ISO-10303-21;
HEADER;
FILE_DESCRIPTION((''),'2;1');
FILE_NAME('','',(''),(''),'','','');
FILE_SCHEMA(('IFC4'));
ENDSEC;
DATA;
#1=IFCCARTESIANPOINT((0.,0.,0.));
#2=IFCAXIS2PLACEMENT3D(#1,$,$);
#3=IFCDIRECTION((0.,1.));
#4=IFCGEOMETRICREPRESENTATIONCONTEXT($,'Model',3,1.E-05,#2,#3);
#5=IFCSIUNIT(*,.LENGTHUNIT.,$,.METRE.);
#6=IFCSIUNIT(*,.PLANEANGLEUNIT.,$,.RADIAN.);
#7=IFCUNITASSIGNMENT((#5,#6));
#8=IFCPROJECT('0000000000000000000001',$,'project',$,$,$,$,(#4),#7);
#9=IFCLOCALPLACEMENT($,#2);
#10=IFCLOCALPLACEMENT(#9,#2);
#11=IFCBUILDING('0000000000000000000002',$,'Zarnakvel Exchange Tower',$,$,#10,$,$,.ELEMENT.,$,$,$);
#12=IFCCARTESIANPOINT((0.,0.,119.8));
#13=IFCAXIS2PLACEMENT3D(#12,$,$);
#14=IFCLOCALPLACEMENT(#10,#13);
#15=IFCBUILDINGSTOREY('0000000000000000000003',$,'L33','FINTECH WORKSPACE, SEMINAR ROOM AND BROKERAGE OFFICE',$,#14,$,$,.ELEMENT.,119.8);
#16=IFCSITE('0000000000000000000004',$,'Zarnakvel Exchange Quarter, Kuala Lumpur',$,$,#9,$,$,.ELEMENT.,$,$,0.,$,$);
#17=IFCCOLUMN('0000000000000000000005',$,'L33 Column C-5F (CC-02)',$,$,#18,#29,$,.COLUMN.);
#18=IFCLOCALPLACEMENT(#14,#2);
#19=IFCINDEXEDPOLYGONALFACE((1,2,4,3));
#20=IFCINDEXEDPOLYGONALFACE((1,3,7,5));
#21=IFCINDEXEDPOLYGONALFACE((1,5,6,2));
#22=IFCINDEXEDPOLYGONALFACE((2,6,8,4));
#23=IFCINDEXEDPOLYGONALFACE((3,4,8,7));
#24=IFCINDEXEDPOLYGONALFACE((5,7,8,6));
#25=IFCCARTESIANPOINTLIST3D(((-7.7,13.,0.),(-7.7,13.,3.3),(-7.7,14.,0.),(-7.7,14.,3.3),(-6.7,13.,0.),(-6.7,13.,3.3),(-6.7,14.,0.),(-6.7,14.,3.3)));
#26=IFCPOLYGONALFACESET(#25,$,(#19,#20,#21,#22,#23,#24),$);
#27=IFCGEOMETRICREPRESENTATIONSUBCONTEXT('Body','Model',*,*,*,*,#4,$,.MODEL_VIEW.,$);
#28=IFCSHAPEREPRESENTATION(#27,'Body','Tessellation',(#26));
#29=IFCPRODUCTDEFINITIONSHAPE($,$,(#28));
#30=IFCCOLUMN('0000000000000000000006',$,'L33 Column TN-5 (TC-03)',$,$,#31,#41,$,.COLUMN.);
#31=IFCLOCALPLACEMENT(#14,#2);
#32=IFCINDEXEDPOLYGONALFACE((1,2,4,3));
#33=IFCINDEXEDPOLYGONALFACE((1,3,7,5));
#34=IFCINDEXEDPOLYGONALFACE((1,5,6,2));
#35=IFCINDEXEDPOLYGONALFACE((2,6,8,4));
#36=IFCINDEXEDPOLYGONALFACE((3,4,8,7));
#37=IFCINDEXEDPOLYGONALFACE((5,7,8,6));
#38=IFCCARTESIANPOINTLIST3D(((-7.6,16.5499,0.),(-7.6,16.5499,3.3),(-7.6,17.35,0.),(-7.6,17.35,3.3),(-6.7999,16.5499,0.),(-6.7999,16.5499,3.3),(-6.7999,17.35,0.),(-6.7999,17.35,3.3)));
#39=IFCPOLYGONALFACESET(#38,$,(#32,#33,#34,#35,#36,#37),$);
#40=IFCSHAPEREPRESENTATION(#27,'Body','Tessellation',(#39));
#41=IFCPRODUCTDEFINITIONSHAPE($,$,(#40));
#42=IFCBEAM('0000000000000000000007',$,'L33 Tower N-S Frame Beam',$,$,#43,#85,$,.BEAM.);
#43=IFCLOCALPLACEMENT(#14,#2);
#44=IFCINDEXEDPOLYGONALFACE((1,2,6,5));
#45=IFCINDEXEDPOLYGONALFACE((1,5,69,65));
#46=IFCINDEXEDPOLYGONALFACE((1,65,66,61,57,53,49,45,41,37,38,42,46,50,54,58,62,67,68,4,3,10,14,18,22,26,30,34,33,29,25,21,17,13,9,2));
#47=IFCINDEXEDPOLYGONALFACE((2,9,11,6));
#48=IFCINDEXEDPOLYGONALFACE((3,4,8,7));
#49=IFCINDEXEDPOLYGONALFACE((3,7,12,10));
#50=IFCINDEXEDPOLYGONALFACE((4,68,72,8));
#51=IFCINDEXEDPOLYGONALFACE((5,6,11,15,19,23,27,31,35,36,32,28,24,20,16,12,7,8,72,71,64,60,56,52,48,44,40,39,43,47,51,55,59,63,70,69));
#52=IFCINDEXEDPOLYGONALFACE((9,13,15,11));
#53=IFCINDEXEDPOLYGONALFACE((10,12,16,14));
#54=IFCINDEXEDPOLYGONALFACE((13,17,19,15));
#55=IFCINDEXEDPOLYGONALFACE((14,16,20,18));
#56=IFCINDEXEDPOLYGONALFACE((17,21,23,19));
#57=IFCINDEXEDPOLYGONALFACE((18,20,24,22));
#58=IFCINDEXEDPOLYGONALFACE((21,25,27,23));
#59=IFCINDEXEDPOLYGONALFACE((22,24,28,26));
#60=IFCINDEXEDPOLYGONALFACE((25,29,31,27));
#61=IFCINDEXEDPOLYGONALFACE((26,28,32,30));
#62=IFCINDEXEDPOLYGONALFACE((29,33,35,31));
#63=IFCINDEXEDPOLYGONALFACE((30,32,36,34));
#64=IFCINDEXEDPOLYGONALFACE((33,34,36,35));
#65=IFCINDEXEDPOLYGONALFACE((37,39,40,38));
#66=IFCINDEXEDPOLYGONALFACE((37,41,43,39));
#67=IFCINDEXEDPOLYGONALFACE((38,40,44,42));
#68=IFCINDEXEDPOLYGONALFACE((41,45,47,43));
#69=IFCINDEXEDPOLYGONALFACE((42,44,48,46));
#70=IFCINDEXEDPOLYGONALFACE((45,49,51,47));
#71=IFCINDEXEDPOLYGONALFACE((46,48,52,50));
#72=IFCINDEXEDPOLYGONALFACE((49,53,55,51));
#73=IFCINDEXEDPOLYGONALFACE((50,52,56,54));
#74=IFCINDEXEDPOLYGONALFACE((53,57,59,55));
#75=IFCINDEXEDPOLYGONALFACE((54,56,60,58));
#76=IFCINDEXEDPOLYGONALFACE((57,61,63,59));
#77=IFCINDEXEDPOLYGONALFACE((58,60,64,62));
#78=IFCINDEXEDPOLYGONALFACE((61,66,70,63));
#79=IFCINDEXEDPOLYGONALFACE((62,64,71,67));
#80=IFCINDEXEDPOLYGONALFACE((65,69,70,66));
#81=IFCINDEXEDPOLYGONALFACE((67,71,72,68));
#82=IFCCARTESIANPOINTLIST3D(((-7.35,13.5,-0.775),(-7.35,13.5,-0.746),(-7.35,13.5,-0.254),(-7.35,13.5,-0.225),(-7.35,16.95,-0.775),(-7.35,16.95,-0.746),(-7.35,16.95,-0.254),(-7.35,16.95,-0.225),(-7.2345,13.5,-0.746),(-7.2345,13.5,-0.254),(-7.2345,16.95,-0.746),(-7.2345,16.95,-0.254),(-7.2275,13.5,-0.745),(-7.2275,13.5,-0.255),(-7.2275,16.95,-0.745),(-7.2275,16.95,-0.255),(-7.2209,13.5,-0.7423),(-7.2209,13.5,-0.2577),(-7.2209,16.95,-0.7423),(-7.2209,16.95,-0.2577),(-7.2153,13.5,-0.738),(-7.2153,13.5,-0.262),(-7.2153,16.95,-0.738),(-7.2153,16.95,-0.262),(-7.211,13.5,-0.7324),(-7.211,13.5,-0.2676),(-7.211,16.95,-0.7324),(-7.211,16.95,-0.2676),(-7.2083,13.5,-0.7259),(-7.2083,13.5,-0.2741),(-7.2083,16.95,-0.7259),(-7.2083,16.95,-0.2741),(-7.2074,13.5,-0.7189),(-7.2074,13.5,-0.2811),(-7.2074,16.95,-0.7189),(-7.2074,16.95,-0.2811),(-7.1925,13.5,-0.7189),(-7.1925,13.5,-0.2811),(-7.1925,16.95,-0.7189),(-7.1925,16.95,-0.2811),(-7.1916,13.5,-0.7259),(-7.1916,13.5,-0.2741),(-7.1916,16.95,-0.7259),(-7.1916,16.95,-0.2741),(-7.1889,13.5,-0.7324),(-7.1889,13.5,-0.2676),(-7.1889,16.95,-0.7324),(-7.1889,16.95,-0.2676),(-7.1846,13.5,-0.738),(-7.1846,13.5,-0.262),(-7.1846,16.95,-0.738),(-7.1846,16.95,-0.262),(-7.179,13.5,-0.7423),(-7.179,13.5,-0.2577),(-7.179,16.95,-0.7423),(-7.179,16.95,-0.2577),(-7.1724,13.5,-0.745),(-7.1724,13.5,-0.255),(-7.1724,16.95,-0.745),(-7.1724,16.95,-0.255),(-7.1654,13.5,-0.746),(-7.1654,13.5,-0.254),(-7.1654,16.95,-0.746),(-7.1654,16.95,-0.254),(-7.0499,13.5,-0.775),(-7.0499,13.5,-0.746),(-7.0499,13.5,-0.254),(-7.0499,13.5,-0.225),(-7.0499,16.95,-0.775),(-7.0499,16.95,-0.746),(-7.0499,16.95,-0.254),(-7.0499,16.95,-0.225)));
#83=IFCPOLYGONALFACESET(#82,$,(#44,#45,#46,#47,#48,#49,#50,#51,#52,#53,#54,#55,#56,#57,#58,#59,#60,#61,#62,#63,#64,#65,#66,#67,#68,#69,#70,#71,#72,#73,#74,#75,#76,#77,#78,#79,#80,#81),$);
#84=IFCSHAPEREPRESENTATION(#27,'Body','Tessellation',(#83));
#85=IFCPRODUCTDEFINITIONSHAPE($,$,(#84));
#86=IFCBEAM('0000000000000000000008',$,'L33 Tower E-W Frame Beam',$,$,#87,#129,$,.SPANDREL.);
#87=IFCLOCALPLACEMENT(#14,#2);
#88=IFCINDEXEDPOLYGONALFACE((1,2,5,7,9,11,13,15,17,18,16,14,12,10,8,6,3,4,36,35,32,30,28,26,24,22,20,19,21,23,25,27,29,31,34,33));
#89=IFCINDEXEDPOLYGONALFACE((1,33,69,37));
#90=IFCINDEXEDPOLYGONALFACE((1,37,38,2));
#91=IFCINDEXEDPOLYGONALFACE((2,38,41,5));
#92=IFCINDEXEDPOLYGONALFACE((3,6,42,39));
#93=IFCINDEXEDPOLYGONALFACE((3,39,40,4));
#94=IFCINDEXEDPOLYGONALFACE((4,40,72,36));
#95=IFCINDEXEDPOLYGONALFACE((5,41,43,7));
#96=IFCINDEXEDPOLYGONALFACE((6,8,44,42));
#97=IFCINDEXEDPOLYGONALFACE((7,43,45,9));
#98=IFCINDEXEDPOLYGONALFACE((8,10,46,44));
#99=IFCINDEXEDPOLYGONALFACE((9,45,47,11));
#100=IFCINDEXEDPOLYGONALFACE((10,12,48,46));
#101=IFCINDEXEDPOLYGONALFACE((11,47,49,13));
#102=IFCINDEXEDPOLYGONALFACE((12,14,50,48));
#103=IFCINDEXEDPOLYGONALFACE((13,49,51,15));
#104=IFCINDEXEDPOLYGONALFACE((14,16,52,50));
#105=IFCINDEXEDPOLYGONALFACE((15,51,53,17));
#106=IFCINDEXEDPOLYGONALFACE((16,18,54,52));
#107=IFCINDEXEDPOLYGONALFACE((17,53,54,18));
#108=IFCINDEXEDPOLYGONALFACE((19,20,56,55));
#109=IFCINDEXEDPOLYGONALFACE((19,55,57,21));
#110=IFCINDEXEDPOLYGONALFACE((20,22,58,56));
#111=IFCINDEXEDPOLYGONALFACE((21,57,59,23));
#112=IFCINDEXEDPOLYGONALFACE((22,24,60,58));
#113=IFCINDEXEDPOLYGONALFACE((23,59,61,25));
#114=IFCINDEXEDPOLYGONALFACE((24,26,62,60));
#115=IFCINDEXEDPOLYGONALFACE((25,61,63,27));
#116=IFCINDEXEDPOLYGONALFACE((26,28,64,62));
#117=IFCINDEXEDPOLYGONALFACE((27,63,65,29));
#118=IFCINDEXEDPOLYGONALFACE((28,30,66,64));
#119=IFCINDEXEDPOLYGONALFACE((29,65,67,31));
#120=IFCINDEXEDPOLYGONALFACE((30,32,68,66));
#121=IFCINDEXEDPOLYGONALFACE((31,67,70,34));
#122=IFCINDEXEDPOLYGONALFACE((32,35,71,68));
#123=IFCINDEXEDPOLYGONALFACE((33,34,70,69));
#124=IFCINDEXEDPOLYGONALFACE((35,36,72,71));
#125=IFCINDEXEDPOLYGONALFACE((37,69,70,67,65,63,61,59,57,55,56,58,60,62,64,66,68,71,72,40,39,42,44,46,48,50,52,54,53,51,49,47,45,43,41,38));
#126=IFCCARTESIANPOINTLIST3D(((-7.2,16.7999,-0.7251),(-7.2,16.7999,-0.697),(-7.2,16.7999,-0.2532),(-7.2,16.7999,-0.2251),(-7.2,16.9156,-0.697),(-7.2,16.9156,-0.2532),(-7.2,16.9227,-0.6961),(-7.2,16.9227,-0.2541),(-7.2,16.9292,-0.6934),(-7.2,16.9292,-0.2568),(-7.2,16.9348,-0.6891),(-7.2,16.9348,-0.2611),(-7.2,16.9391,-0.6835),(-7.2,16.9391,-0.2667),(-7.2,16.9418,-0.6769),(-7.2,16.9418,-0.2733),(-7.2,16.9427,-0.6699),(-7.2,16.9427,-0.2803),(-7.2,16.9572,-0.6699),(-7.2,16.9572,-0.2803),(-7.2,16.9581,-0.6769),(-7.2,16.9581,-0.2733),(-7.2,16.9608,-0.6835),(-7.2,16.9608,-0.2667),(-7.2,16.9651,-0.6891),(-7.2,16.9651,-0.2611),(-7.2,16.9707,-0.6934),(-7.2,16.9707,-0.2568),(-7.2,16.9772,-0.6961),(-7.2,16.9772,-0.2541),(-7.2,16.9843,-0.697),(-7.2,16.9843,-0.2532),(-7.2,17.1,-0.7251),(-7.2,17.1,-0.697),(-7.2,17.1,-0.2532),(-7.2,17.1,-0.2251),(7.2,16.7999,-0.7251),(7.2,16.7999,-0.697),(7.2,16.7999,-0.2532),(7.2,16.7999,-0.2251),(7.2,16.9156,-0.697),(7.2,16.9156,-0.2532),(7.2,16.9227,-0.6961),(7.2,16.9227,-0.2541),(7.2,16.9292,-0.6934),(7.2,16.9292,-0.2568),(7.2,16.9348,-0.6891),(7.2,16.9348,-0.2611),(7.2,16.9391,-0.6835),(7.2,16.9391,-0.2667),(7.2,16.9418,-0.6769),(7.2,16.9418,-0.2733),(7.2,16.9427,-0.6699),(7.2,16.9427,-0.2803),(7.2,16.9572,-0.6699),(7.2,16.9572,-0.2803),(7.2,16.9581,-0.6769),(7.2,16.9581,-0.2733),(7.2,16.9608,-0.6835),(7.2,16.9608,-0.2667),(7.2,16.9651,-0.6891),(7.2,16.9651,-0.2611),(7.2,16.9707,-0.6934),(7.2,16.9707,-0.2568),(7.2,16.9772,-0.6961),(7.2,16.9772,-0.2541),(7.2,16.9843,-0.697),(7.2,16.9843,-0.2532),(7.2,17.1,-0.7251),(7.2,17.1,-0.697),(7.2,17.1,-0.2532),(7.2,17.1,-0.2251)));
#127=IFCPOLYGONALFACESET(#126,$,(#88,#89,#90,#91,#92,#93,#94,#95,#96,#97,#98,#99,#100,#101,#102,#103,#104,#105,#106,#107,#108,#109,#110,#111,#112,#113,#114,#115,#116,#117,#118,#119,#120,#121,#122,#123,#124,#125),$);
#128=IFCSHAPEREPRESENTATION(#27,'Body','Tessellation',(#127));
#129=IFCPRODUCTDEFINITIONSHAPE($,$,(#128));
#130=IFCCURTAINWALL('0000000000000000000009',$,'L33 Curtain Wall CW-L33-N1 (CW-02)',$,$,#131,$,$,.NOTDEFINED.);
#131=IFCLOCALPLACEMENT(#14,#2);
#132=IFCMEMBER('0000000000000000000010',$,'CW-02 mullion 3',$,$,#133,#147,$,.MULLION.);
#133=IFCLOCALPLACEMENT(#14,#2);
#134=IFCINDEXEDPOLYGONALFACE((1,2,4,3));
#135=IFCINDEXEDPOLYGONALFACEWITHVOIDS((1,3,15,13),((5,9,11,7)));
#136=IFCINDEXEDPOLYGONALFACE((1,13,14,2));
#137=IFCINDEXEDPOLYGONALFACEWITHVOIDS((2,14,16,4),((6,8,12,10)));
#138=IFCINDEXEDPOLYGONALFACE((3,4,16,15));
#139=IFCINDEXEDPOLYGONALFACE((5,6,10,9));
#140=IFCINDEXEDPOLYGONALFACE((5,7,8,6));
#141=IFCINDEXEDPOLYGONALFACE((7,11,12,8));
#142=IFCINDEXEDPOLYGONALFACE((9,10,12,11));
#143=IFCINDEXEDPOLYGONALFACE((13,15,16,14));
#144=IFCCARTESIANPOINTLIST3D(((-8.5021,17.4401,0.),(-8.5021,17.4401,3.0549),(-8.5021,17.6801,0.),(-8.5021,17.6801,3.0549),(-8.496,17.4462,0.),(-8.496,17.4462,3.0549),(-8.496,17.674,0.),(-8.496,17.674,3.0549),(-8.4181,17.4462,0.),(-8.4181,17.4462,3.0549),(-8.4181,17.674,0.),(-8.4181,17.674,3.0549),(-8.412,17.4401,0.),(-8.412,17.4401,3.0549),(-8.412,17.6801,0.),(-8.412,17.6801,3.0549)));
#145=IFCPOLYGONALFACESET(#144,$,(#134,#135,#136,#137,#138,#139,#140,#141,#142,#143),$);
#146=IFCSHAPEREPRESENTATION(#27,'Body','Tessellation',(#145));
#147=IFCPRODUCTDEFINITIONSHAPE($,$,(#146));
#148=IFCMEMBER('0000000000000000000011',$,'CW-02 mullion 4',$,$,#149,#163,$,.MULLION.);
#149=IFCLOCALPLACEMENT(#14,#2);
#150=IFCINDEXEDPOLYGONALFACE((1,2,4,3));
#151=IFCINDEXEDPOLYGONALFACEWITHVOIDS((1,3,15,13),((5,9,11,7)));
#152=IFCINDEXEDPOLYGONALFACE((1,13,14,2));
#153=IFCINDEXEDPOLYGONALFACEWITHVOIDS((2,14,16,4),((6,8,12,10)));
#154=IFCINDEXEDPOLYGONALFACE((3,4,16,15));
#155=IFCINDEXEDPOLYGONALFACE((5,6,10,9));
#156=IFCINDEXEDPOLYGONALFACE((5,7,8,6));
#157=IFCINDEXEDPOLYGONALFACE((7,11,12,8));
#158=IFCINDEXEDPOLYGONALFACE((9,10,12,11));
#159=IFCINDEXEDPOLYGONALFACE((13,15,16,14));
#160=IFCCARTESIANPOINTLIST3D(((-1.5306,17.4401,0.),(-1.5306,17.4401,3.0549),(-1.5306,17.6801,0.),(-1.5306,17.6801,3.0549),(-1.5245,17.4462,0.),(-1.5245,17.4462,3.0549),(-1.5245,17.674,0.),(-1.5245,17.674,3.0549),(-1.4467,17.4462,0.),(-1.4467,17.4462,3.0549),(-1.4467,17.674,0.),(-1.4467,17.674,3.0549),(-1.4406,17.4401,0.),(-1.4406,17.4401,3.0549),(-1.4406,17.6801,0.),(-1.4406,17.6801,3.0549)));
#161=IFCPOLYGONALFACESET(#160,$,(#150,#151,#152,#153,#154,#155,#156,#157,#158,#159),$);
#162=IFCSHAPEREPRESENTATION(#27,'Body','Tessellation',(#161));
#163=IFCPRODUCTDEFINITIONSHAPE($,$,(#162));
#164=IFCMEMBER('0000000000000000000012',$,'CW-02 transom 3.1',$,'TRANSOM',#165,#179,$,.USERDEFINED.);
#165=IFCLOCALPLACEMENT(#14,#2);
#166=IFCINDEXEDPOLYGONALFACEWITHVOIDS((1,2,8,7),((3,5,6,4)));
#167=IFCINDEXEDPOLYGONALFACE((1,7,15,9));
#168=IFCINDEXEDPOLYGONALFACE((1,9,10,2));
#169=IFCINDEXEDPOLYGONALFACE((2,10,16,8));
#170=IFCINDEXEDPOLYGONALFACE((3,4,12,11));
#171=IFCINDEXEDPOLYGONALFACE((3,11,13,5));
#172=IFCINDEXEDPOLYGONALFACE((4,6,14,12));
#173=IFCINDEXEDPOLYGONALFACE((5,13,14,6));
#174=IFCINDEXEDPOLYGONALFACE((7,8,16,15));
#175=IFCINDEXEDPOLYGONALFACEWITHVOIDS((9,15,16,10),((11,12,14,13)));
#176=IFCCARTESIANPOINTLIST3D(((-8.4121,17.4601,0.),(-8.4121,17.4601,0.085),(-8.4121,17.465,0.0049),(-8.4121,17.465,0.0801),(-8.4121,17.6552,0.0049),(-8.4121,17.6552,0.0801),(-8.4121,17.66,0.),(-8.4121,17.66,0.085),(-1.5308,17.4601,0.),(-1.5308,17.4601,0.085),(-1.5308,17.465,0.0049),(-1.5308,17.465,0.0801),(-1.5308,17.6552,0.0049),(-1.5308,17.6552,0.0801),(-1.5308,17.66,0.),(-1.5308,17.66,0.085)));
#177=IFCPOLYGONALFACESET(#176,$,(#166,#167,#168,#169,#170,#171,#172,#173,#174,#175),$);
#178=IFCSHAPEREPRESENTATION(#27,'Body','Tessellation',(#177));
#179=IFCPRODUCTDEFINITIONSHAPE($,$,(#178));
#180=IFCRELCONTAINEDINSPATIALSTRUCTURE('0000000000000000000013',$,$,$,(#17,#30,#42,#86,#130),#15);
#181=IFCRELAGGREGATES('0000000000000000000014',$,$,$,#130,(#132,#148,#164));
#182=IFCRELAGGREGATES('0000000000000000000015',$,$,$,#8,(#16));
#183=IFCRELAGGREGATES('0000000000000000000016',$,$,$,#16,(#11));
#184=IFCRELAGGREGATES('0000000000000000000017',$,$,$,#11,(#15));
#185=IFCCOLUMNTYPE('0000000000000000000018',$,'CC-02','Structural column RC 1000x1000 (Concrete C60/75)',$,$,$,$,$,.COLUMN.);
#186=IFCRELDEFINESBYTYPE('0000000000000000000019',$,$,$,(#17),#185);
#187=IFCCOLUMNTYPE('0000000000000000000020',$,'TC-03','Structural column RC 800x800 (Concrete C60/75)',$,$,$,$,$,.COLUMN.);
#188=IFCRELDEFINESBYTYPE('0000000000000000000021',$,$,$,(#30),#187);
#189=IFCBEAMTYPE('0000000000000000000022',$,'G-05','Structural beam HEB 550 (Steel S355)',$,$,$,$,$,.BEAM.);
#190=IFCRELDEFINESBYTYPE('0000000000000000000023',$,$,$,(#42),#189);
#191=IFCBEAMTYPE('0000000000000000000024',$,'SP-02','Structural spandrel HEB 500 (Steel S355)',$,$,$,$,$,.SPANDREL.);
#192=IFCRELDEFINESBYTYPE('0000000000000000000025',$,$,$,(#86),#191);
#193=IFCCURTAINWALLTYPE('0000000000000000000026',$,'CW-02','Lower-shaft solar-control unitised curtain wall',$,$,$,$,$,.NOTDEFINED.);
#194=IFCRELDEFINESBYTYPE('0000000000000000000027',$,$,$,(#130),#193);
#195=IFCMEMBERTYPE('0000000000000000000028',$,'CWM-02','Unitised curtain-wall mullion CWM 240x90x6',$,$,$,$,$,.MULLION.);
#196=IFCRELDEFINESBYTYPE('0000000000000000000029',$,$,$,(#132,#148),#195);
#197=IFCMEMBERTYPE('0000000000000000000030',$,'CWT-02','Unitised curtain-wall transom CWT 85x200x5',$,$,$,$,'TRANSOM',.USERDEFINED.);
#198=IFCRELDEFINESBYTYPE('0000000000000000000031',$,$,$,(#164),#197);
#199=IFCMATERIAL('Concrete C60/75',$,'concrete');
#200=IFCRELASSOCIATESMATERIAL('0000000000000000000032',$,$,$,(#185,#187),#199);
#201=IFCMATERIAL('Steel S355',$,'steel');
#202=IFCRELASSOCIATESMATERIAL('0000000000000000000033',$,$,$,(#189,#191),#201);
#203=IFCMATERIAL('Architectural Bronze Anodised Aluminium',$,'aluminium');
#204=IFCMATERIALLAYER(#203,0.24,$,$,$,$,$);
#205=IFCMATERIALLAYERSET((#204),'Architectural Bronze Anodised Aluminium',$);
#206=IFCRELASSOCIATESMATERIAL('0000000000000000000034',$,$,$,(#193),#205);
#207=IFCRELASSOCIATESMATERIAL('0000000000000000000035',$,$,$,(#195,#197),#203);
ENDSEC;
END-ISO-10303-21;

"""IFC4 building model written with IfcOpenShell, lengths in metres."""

from ifc_helpers import new_model, si_unit, direction, frame, origin, origin_2d, place, context, subcontext, project, spatial, rectangle, hollow_rectangle, i_section, extrude, source, transform, mapped, material, layer, layer_set, material_profile, profile_set, type_object, element, aggregate, save


model = new_model("IFC4")

# Units and contexts
model_context = context("Model", 3, precision=1e-05, world=origin(), true_north=direction((0.0, 1.0)))
body_context = subcontext(model_context, "Body", "Model", "MODEL_VIEW")
ifc_project = project(units=[si_unit("LENGTHUNIT", "METRE"), si_unit("PLANEANGLEUNIT", "RADIAN")], contexts=[model_context])

# Site, building, storey
site_placement = place(None, origin())
site = spatial("IfcSite", under=ifc_project, at=site_placement, Name="Zarnakvel Exchange Quarter, Kuala Lumpur", CompositionType="ELEMENT", RefElevation=0.0)
building_placement = place(site_placement, origin())
building = spatial("IfcBuilding", under=site, at=building_placement, Name="Zarnakvel Exchange Tower", CompositionType="ELEMENT")
storey_placement = place(building_placement, frame((0.0, 0.0, 119.8)))
storey = spatial("IfcBuildingStorey", under=building, at=storey_placement, Name="L33", Description="FINTECH WORKSPACE, SEMINAR ROOM AND BROKERAGE OFFICE", CompositionType="ELEMENT", Elevation=119.8)

# Columns
ifc_material_1 = material(Name="Concrete C60/75", Category="concrete")
ifc_material_profile_1 = material_profile(ifc_material_1, rectangle(XDim=1.0, YDim=1.0, at=origin_2d()))
ifc_profile_set_1 = profile_set([ifc_material_profile_1], Name="Concrete C60/75")
column_type_1 = type_object("IfcColumnType", Name="CC-02", Description="Structural column RC 1000x1000 (Concrete C60/75)", PredefinedType="COLUMN", material=ifc_profile_set_1)
column_1_placement = place(storey_placement, frame((-7.2, 13.5, 0.0), z_axis=(0.0, 0.0, 1.0), x_axis=(1.0, 0.0, 0.0)))
element("IfcColumn", 1, at=column_1_placement, inside=storey, type_object=column_type_1, Name="L33 Column C-5F (CC-02)", PredefinedType="COLUMN", context=body_context, shape_type="SweptSolid", body=[
    extrude(rectangle(XDim=1.0, YDim=1.0, at=origin_2d()), origin(), (0.0, 0.0, 1.0), 3.3),
])
ifc_material_profile_2 = material_profile(ifc_material_1, rectangle(XDim=0.8, YDim=0.8, at=origin_2d()))
ifc_profile_set_2 = profile_set([ifc_material_profile_2], Name="Concrete C60/75")
column_type_2 = type_object("IfcColumnType", Name="TC-03", Description="Structural column RC 800x800 (Concrete C60/75)", PredefinedType="COLUMN", material=ifc_profile_set_2)
column_2_placement = place(storey_placement, frame((-7.2, 16.95, 0.0), z_axis=(0.0, 0.0, 1.0), x_axis=(1.0, 0.0, 0.0)))
element("IfcColumn", 2, at=column_2_placement, inside=storey, type_object=column_type_2, Name="L33 Column TN-5 (TC-03)", PredefinedType="COLUMN", context=body_context, shape_type="SweptSolid", body=[
    extrude(rectangle(XDim=0.8, YDim=0.8, at=origin_2d()), origin(), (0.0, 0.0, 1.0), 3.3),
])

# Beams
ifc_material_2 = material(Name="Steel S355", Category="steel")
ifc_material_profile_3 = material_profile(ifc_material_2, i_section(OverallWidth=0.3, OverallDepth=0.55, WebThickness=0.0149, FlangeThickness=0.0291, FilletRadius=0.0271, at=origin_2d()))
ifc_profile_set_3 = profile_set([ifc_material_profile_3], Name="Steel S355")
beam_type_1 = type_object("IfcBeamType", Name="G-05", Description="Structural beam HEB 550 (Steel S355)", PredefinedType="BEAM", material=ifc_profile_set_3)
beam_1_placement = place(storey_placement, frame((-7.2, 13.5, -0.5), z_axis=(0.0, 1.0, 0.0), x_axis=(-1.0, 0.0, 0.0)))
element("IfcBeam", 3, at=beam_1_placement, inside=storey, type_object=beam_type_1, Name="L33 Tower N-S Frame Beam", PredefinedType="BEAM", context=body_context, shape_type="SweptSolid", body=[
    extrude(i_section(OverallWidth=0.3, OverallDepth=0.55, WebThickness=0.0149, FlangeThickness=0.0291, FilletRadius=0.0271, at=origin_2d()), origin(), (0.0, 0.0, 1.0), 3.45),
])
ifc_material_profile_4 = material_profile(ifc_material_2, i_section(OverallWidth=0.3, OverallDepth=0.5, WebThickness=0.0144, FlangeThickness=0.0281, FilletRadius=0.0271, at=origin_2d()))
ifc_profile_set_4 = profile_set([ifc_material_profile_4], Name="Steel S355")
beam_type_2 = type_object("IfcBeamType", Name="SP-02", Description="Structural spandrel HEB 500 (Steel S355)", PredefinedType="SPANDREL", material=ifc_profile_set_4)
beam_2_placement = place(storey_placement, frame((-7.2, 16.95, -0.4751), z_axis=(1.0, 0.0, 0.0), x_axis=(0.0, 1.0, 0.0)))
element("IfcBeam", 4, at=beam_2_placement, inside=storey, type_object=beam_type_2, Name="L33 Tower E-W Frame Beam", PredefinedType="SPANDREL", context=body_context, shape_type="SweptSolid", body=[
    extrude(i_section(OverallWidth=0.3, OverallDepth=0.5, WebThickness=0.0144, FlangeThickness=0.0281, FilletRadius=0.0271, at=origin_2d()), origin(), (0.0, 0.0, 1.0), 14.3999),
])

# Curtain wall, members
ifc_material_3 = material(Name="Architectural Bronze Anodised Aluminium", Category="aluminium")
ifc_layer_1 = layer(ifc_material_3, 0.24)
ifc_layer_set_1 = layer_set([ifc_layer_1], Name="Architectural Bronze Anodised Aluminium")
curtain_wall_type = type_object("IfcCurtainWallType", Name="CW-02", Description="Lower-shaft solar-control unitised curtain wall", PredefinedType="NOTDEFINED", material=ifc_layer_set_1)
curtain_wall_placement = place(storey_placement, origin())
curtain_wall = element("IfcCurtainWall", 5, at=curtain_wall_placement, inside=storey, type_object=curtain_wall_type, Name="L33 Curtain Wall CW-L33-N1 (CW-02)", PredefinedType="NOTDEFINED")
ifc_material_profile_5 = material_profile(ifc_material_3, hollow_rectangle(XDim=0.24, YDim=0.0901, WallThickness=0.0061, at=origin_2d()))
ifc_profile_set_5 = profile_set([ifc_material_profile_5], Name="Architectural Bronze Anodised Aluminium")
member_type_1 = type_object("IfcMemberType", Name="CWM-02", Description="Unitised curtain-wall mullion CWM 240x90x6", PredefinedType="MULLION", material=ifc_profile_set_5)
shared_shape_1 = source(origin(), body_context, "Body", "SweptSolid", [
    extrude(hollow_rectangle(XDim=0.24, YDim=0.0901, WallThickness=0.0061, at=origin_2d()), origin(), (0.0, 0.0, 1.0), 3.0549),
])
member_1_placement = place(storey_placement, frame((-8.457, 17.5601, 0.0), z_axis=(0.0, 0.0, 1.0), x_axis=(0.0, 1.0, 0.0)))
member_1 = element("IfcMember", 6, at=member_1_placement, type_object=member_type_1, Name="CW-02 mullion 3", PredefinedType="MULLION", context=body_context, shape_type="MappedRepresentation", body=[
    mapped(shared_shape_1, transform((0.0, 0.0, 0.0), x_axis=(1.0, 0.0, 0.0), y_axis=(0.0, 1.0, 0.0), z_axis=(0.0, 0.0, 1.0), scale=1.0)),
])
member_2_placement = place(storey_placement, frame((-1.4856, 17.5601, 0.0), z_axis=(0.0, 0.0, 1.0), x_axis=(0.0, 1.0, 0.0)))
member_2 = element("IfcMember", 7, at=member_2_placement, type_object=member_type_1, Name="CW-02 mullion 4", PredefinedType="MULLION", context=body_context, shape_type="MappedRepresentation", body=[
    mapped(shared_shape_1, transform((0.0, 0.0, 0.0), x_axis=(1.0, 0.0, 0.0), y_axis=(0.0, 1.0, 0.0), z_axis=(0.0, 0.0, 1.0), scale=1.0)),
])
ifc_material_profile_6 = material_profile(ifc_material_3, hollow_rectangle(XDim=0.2, YDim=0.085, WallThickness=0.0049, at=origin_2d()))
ifc_profile_set_6 = profile_set([ifc_material_profile_6], Name="Architectural Bronze Anodised Aluminium")
member_type_2 = type_object("IfcMemberType", Name="CWT-02", Description="Unitised curtain-wall transom CWT 85x200x5", ElementType="TRANSOM", PredefinedType="USERDEFINED", material=ifc_profile_set_6)
shared_shape_2 = source(origin(), body_context, "Body", "SweptSolid", [
    extrude(hollow_rectangle(XDim=0.2, YDim=0.085, WallThickness=0.0049, at=origin_2d()), origin(), (0.0, 0.0, 1.0), 6.8813),
])
member_3_placement = place(storey_placement, frame((-8.4121, 17.5601, 0.0425), z_axis=(1.0, 0.0, 0.0), x_axis=(0.0, 1.0, 0.0)))
member_3 = element("IfcMember", 8, at=member_3_placement, type_object=member_type_2, Name="CW-02 transom 3.1", ObjectType="TRANSOM", PredefinedType="USERDEFINED", context=body_context, shape_type="MappedRepresentation", body=[
    mapped(shared_shape_2, transform((0.0, 0.0, 0.0), x_axis=(1.0, 0.0, 0.0), y_axis=(0.0, 1.0, 0.0), z_axis=(0.0, 0.0, 1.0), scale=1.0)),
])
aggregate(curtain_wall, [member_1, member_2, member_3])

save(model, "model.ifc")
